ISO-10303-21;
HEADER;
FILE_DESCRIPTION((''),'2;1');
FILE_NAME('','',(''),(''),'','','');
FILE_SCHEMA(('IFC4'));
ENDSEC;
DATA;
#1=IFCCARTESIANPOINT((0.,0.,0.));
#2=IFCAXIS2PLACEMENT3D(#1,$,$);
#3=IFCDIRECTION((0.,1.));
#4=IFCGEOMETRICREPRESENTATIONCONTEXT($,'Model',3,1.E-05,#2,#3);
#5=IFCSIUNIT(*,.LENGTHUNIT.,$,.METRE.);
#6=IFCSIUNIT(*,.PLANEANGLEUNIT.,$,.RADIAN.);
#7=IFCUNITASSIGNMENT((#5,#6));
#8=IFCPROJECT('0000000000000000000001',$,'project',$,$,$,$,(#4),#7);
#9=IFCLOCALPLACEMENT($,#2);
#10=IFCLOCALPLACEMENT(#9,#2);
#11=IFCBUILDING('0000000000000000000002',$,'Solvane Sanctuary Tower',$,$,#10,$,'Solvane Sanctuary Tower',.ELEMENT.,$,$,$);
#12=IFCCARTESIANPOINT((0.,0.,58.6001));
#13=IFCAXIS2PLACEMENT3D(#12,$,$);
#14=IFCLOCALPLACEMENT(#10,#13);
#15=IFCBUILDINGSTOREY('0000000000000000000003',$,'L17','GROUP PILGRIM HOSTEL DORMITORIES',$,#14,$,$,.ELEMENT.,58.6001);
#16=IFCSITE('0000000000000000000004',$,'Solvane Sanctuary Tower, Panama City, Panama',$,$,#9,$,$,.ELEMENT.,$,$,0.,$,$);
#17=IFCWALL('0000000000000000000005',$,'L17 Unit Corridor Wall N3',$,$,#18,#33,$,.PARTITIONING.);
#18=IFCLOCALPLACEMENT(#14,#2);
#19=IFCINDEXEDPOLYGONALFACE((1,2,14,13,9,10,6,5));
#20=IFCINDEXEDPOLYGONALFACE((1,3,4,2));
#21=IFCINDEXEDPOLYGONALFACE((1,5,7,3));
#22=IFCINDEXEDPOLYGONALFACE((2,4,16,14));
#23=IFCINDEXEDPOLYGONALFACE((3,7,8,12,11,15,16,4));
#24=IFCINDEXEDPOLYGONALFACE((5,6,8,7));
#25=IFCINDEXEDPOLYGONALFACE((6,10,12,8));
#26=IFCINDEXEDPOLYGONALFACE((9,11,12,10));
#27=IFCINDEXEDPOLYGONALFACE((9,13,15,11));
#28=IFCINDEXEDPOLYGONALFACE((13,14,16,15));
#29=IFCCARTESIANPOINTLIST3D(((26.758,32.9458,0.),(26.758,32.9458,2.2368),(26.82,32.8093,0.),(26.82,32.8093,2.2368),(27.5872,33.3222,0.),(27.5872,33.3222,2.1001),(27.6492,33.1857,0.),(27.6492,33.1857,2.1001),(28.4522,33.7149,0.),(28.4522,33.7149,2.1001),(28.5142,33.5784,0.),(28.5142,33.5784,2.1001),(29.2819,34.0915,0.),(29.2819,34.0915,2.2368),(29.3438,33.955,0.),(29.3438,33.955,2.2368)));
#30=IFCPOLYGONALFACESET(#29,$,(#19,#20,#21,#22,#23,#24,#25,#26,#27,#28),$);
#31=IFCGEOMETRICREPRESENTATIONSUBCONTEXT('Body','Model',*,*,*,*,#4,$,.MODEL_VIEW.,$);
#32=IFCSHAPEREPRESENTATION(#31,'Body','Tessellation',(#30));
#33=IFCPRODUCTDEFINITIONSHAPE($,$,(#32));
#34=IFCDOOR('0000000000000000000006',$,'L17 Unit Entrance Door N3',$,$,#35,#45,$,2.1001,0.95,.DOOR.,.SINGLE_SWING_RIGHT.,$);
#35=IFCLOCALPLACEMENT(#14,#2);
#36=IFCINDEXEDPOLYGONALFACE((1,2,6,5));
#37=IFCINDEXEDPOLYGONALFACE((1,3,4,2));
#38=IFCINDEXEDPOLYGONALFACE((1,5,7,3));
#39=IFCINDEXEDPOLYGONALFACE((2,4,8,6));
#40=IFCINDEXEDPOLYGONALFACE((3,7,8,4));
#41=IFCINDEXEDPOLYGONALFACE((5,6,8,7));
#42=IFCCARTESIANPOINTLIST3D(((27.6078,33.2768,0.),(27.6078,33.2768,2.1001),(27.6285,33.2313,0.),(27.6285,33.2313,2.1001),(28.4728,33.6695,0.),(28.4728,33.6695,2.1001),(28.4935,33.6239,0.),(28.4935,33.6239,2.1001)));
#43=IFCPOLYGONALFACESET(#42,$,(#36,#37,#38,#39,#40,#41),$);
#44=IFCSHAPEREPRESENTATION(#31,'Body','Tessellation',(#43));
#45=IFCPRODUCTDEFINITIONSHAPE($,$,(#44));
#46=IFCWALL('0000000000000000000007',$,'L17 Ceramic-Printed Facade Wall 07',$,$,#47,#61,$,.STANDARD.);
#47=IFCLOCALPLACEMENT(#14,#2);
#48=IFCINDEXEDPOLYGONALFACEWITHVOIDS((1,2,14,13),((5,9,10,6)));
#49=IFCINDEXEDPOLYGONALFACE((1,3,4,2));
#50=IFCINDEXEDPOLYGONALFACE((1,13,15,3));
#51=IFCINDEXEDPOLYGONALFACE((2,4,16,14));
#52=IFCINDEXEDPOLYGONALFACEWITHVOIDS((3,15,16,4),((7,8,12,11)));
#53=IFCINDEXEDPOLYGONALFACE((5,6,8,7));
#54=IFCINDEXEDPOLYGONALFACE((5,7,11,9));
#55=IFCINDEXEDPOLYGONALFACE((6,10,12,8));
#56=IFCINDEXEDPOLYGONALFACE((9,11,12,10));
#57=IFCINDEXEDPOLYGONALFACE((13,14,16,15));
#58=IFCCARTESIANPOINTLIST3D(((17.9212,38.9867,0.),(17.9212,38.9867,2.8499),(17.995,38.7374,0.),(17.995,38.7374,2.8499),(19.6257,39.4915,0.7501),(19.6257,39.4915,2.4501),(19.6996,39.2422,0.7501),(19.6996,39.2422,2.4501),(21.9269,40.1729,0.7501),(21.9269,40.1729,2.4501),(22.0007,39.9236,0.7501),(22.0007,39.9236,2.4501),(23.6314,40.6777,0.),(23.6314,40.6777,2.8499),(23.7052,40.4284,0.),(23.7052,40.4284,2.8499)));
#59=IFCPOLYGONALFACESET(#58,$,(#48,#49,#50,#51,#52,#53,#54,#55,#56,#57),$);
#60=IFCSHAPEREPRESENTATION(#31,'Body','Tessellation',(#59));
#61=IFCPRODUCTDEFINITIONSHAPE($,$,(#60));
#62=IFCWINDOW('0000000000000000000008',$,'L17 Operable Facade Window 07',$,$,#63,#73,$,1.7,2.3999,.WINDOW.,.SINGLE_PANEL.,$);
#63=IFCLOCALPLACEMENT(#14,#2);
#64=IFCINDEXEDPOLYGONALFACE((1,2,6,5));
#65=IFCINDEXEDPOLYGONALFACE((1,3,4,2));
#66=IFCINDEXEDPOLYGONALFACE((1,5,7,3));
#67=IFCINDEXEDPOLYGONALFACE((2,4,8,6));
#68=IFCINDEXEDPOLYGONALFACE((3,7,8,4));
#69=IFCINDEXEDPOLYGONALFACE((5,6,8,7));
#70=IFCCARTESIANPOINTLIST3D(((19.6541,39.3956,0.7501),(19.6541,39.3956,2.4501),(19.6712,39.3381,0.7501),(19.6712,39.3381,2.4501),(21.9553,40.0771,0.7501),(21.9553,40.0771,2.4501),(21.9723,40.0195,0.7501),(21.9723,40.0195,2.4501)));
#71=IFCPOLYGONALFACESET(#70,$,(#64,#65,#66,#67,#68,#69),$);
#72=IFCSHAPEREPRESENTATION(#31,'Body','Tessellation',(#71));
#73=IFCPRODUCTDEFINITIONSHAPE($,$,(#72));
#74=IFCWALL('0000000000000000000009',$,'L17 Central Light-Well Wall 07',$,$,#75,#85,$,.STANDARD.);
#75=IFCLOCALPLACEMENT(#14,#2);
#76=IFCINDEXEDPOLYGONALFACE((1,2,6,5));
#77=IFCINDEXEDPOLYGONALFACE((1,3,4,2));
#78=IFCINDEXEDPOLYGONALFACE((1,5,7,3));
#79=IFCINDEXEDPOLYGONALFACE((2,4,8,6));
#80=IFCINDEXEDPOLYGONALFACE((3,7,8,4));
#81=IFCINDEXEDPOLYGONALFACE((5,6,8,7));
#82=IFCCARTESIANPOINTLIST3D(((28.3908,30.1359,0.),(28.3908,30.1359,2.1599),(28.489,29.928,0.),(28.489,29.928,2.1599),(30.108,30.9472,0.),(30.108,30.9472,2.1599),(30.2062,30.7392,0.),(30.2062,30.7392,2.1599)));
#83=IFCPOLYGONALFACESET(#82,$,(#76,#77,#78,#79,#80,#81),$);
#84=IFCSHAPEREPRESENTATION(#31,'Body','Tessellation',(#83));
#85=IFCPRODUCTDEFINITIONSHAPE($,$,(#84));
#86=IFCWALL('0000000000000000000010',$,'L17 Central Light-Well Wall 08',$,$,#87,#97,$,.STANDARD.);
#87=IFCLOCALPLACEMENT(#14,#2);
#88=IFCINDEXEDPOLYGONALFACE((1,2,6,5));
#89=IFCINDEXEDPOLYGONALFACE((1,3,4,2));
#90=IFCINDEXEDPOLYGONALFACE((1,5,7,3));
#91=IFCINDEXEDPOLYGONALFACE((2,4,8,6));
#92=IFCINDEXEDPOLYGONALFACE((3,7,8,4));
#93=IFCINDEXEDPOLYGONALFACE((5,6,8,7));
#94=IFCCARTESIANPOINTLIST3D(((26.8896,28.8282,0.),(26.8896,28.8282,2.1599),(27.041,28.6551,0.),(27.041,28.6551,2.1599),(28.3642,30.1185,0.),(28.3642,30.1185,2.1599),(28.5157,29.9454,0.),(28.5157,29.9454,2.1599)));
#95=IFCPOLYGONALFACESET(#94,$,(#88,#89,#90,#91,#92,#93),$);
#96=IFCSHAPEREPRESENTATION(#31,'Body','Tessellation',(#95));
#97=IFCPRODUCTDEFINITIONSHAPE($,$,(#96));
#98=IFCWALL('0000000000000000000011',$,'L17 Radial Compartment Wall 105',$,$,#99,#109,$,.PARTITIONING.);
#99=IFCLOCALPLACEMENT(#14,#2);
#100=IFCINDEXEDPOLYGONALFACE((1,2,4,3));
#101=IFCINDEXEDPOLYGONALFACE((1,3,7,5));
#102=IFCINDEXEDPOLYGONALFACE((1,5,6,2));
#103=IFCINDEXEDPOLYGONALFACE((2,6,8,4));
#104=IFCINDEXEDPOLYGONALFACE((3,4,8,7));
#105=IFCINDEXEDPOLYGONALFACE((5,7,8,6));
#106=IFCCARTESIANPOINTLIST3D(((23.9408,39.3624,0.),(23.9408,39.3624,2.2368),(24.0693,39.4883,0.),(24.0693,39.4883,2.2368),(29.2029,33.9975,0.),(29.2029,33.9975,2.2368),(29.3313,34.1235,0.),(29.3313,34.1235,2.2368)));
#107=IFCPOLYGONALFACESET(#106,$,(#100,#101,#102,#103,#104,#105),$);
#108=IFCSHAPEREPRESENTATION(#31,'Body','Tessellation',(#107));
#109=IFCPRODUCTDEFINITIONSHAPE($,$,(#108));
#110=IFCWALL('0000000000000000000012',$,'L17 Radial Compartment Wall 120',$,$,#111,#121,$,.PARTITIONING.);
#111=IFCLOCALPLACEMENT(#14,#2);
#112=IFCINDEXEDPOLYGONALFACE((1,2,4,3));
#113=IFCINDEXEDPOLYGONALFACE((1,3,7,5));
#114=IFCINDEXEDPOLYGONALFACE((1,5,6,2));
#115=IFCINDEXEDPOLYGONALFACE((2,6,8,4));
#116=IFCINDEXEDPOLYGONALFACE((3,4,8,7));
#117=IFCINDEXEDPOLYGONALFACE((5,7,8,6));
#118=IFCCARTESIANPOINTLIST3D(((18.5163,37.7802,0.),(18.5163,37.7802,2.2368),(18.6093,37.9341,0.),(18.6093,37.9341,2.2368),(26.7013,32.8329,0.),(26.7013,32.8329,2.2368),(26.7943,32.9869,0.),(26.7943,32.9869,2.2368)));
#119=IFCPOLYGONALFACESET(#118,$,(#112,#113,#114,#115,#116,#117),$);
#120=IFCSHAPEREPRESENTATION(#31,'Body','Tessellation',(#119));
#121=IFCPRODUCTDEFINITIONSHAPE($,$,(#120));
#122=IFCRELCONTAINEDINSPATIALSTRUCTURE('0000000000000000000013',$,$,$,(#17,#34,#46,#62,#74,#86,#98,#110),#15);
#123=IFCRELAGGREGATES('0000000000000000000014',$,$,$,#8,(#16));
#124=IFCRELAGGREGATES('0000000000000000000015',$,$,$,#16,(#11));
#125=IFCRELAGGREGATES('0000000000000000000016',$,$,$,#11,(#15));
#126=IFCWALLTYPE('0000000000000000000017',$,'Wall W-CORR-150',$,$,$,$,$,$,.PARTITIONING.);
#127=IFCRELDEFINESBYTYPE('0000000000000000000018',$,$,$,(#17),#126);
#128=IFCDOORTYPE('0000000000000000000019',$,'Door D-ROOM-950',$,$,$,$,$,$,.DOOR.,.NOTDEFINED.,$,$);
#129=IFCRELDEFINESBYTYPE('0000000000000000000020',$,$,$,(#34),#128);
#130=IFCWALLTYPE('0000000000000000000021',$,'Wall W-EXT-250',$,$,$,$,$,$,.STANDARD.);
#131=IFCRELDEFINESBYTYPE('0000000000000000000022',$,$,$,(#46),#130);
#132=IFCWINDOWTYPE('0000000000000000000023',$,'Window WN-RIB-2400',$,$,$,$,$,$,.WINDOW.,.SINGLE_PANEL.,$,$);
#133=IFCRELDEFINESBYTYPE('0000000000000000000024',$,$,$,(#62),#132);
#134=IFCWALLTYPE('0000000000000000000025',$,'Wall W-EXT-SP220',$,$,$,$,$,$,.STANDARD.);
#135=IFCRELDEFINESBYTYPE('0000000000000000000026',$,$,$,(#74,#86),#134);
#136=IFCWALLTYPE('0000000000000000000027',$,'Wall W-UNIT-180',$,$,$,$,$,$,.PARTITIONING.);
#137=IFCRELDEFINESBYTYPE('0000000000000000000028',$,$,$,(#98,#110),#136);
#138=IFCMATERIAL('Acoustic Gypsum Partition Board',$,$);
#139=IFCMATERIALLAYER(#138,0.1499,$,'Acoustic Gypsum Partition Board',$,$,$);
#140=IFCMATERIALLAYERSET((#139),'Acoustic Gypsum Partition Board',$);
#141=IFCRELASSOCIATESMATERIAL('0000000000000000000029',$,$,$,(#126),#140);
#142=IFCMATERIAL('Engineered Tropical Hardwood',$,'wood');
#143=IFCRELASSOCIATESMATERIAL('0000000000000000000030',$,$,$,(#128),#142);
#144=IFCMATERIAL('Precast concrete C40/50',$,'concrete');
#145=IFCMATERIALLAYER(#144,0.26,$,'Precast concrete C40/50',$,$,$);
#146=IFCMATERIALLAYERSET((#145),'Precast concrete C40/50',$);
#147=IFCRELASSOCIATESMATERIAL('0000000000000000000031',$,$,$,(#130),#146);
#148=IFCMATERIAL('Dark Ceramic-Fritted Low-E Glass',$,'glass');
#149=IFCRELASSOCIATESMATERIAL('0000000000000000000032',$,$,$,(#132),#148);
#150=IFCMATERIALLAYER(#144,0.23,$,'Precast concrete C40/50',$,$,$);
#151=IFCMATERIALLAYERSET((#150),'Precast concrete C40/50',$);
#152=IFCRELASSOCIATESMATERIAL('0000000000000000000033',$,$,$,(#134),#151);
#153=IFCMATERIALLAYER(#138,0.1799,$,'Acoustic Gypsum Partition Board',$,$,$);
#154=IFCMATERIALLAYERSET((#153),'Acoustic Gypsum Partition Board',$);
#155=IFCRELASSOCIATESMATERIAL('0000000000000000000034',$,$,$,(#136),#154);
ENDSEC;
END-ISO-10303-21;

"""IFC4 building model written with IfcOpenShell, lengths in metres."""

from ifc_helpers import new_model, si_unit, direction, frame, frame_2d, origin, place, context, subcontext, project, spatial, rectangle, extrude, material, layer, layer_set, type_object, element, fill, save


model = new_model("IFC4")

# Units and contexts
model_context = context("Model", 3, precision=1e-05, world=origin(), true_north=direction((0.0, 1.0)))
body_context = subcontext(model_context, "Body", "Model", "MODEL_VIEW")
ifc_project = project(units=[si_unit("LENGTHUNIT", "METRE"), si_unit("PLANEANGLEUNIT", "RADIAN")], contexts=[model_context])

# Site, building, storey
site_placement = place(None, origin())
site = spatial("IfcSite", under=ifc_project, at=site_placement, Name="Solvane Sanctuary Tower, Panama City, Panama", CompositionType="ELEMENT", RefElevation=0.0)
building_placement = place(site_placement, origin())
building = spatial("IfcBuilding", under=site, at=building_placement, Name="Solvane Sanctuary Tower", LongName="Solvane Sanctuary Tower", CompositionType="ELEMENT")
storey_placement = place(building_placement, frame((0.0, 0.0, 58.6001)))
storey = spatial("IfcBuildingStorey", under=building, at=storey_placement, Name="L17", Description="GROUP PILGRIM HOSTEL DORMITORIES", CompositionType="ELEMENT", Elevation=58.6001)

# Shared definitions
ifc_material_1 = material(Name="Acoustic Gypsum Partition Board")
ifc_layer_1 = layer(ifc_material_1, 0.1499, Name="Acoustic Gypsum Partition Board")
ifc_layer_set_1 = layer_set([ifc_layer_1], Name="Acoustic Gypsum Partition Board")
wall_type_1 = type_object("IfcWallType", Name="Wall W-CORR-150", PredefinedType="PARTITIONING", material=ifc_layer_set_1)

# Wall, opening, door
wall_1_placement = place(storey_placement, frame((29.3127, 34.0232, 0.0), z_axis=(0.0, 0.0, 1.0), x_axis=(-0.910568, -0.413358, 0.0)))
wall_1 = element("IfcWall", 1, at=wall_1_placement, inside=storey, type_object=wall_type_1, Name="L17 Unit Corridor Wall N3", PredefinedType="PARTITIONING", context=body_context, shape_type="SweptSolid", body=[
    extrude(rectangle(XDim=2.7717, YDim=0.1499, at=frame_2d((1.3857, 0.0))), origin(), (0.0, 0.0, 1.0), 2.2368),
])
opening_1_placement = place(wall_1_placement, frame((0.9109, 0.0, 0.0)))
opening_1 = element("IfcOpeningElement", 2, at=opening_1_placement, cuts=wall_1, PredefinedType="OPENING", context=body_context, shape_type="SweptSolid", body=[
    extrude(rectangle(XDim=0.95, YDim=2.1001, at=frame_2d((0.4751, 1.05))), frame((0.0, 0.085, 0.0), z_axis=(0.0, -1.0, 0.0), x_axis=(1.0, 0.0, 0.0)), (0.0, 0.0, 1.0), 0.1699),
])
ifc_material_2 = material(Name="Engineered Tropical Hardwood", Category="wood")
door_type = type_object("IfcDoorType", Name="Door D-ROOM-950", OperationType="NOTDEFINED", PredefinedType="DOOR", material=ifc_material_2)
door_placement = place(opening_1_placement, origin())
door = element("IfcDoor", 3, at=door_placement, inside=storey, type_object=door_type, Name="L17 Unit Entrance Door N3", OperationType="SINGLE_SWING_RIGHT", OverallHeight=2.1001, OverallWidth=0.95, PredefinedType="DOOR", context=body_context, shape_type="SweptSolid", body=[
    extrude(rectangle(XDim=0.95, YDim=2.1001, at=frame_2d((0.4751, 1.05))), frame((0.0, 0.0249, 0.0), z_axis=(0.0, -1.0, 0.0), x_axis=(1.0, 0.0, 0.0)), (0.0, 0.0, 1.0), 0.05),
])
fill(opening_1, door)

# Wall, opening, window
ifc_material_3 = material(Name="Precast concrete C40/50", Category="concrete")
ifc_layer_2 = layer(ifc_material_3, 0.26, Name="Precast concrete C40/50")
ifc_layer_set_2 = layer_set([ifc_layer_2], Name="Precast concrete C40/50")
wall_type_2 = type_object("IfcWallType", Name="Wall W-EXT-250", PredefinedType="STANDARD", material=ifc_layer_set_2)
wall_2_placement = place(storey_placement, frame((23.6682, 40.553, 0.0), z_axis=(0.0, 0.0, 1.0), x_axis=(-0.958844, -0.283935, 0.0)))
wall_2 = element("IfcWall", 4, at=wall_2_placement, inside=storey, type_object=wall_type_2, Name="L17 Ceramic-Printed Facade Wall 07", PredefinedType="STANDARD", context=body_context, shape_type="SweptSolid", body=[
    extrude(rectangle(XDim=5.9553, YDim=0.26, at=frame_2d((2.9775, 0.0))), origin(), (0.0, 0.0, 1.0), 2.8499),
])
opening_2_placement = place(wall_2_placement, frame((1.7776, 0.0, 0.75)))
opening_2 = element("IfcOpeningElement", 5, at=opening_2_placement, cuts=wall_2, PredefinedType="OPENING", context=body_context, shape_type="SweptSolid", body=[
    extrude(rectangle(XDim=2.3999, YDim=1.7, at=frame_2d((1.2, 0.8501))), frame((0.0, 0.1399, 0.0), z_axis=(0.0, -1.0, 0.0), x_axis=(1.0, 0.0, 0.0)), (0.0, 0.0, 1.0), 0.28),
])
ifc_material_4 = material(Name="Dark Ceramic-Fritted Low-E Glass", Category="glass")
window_type = type_object("IfcWindowType", Name="Window WN-RIB-2400", PartitioningType="SINGLE_PANEL", PredefinedType="WINDOW", material=ifc_material_4)
window_placement = place(opening_2_placement, origin())
window = element("IfcWindow", 6, at=window_placement, inside=storey, type_object=window_type, Name="L17 Operable Facade Window 07", OverallHeight=1.7, OverallWidth=2.3999, PartitioningType="SINGLE_PANEL", PredefinedType="WINDOW", context=body_context, shape_type="SweptSolid", body=[
    extrude(rectangle(XDim=2.3999, YDim=1.7, at=frame_2d((1.2, 0.8501))), frame((0.0, 0.03, 0.0), z_axis=(0.0, -1.0, 0.0), x_axis=(1.0, 0.0, 0.0)), (0.0, 0.0, 1.0), 0.0601),
])
fill(opening_2, window)

# Walls
ifc_layer_3 = layer(ifc_material_3, 0.23, Name="Precast concrete C40/50")
ifc_layer_set_3 = layer_set([ifc_layer_3], Name="Precast concrete C40/50")
wall_type_3 = type_object("IfcWallType", Name="Wall W-EXT-SP220", PredefinedType="STANDARD", material=ifc_layer_set_3)
wall_3_placement = place(storey_placement, frame((30.1572, 30.8433, 0.0), z_axis=(0.0, 0.0, 1.0), x_axis=(-0.90418, -0.427152, 0.0)))
element("IfcWall", 7, at=wall_3_placement, inside=storey, type_object=wall_type_3, Name="L17 Central Light-Well Wall 07", PredefinedType="STANDARD", context=body_context, shape_type="SweptSolid", body=[
    extrude(rectangle(XDim=1.8992, YDim=0.23, at=frame_2d((0.9497, 0.0))), origin(), (0.0, 0.0, 1.0), 2.1599),
])
wall_4_placement = place(storey_placement, frame((28.4399, 30.032, 0.0), z_axis=(0.0, 0.0, 1.0), x_axis=(-0.752577, -0.658505, 0.0)))
element("IfcWall", 8, at=wall_4_placement, inside=storey, type_object=wall_type_3, Name="L17 Central Light-Well Wall 08", PredefinedType="STANDARD", context=body_context, shape_type="SweptSolid", body=[
    extrude(rectangle(XDim=1.9595, YDim=0.23, at=frame_2d((0.9797, 0.0))), origin(), (0.0, 0.0, 1.0), 2.1599),
])
ifc_layer_4 = layer(ifc_material_1, 0.1799, Name="Acoustic Gypsum Partition Board")
ifc_layer_set_4 = layer_set([ifc_layer_4], Name="Acoustic Gypsum Partition Board")
wall_type_4 = type_object("IfcWallType", Name="Wall W-UNIT-180", PredefinedType="PARTITIONING", material=ifc_layer_set_4)
wall_5_placement = place(storey_placement, frame((29.2671, 34.0605, 0.0), z_axis=(0.0, 0.0, 1.0), x_axis=(-0.700235, 0.713913, 0.0)))
element("IfcWall", 9, at=wall_5_placement, inside=storey, type_object=wall_type_4, Name="L17 Radial Compartment Wall 105", PredefinedType="PARTITIONING", context=body_context, shape_type="SweptSolid", body=[
    extrude(rectangle(XDim=7.5146, YDim=0.1799, at=frame_2d((3.7573, 0.0))), origin(), (0.0, 0.0, 1.0), 2.2368),
])
wall_6_placement = place(storey_placement, frame((26.7478, 32.9099, 0.0), z_axis=(0.0, 0.0, 1.0), x_axis=(-0.855817, 0.517278, 0.0)))
element("IfcWall", 10, at=wall_6_placement, inside=storey, type_object=wall_type_4, Name="L17 Radial Compartment Wall 120", PredefinedType="PARTITIONING", context=body_context, shape_type="SweptSolid", body=[
    extrude(rectangle(XDim=9.564, YDim=0.1799, at=frame_2d((4.782, 0.0))), origin(), (0.0, 0.0, 1.0), 2.2368),
])

save(model, "model.ifc")
